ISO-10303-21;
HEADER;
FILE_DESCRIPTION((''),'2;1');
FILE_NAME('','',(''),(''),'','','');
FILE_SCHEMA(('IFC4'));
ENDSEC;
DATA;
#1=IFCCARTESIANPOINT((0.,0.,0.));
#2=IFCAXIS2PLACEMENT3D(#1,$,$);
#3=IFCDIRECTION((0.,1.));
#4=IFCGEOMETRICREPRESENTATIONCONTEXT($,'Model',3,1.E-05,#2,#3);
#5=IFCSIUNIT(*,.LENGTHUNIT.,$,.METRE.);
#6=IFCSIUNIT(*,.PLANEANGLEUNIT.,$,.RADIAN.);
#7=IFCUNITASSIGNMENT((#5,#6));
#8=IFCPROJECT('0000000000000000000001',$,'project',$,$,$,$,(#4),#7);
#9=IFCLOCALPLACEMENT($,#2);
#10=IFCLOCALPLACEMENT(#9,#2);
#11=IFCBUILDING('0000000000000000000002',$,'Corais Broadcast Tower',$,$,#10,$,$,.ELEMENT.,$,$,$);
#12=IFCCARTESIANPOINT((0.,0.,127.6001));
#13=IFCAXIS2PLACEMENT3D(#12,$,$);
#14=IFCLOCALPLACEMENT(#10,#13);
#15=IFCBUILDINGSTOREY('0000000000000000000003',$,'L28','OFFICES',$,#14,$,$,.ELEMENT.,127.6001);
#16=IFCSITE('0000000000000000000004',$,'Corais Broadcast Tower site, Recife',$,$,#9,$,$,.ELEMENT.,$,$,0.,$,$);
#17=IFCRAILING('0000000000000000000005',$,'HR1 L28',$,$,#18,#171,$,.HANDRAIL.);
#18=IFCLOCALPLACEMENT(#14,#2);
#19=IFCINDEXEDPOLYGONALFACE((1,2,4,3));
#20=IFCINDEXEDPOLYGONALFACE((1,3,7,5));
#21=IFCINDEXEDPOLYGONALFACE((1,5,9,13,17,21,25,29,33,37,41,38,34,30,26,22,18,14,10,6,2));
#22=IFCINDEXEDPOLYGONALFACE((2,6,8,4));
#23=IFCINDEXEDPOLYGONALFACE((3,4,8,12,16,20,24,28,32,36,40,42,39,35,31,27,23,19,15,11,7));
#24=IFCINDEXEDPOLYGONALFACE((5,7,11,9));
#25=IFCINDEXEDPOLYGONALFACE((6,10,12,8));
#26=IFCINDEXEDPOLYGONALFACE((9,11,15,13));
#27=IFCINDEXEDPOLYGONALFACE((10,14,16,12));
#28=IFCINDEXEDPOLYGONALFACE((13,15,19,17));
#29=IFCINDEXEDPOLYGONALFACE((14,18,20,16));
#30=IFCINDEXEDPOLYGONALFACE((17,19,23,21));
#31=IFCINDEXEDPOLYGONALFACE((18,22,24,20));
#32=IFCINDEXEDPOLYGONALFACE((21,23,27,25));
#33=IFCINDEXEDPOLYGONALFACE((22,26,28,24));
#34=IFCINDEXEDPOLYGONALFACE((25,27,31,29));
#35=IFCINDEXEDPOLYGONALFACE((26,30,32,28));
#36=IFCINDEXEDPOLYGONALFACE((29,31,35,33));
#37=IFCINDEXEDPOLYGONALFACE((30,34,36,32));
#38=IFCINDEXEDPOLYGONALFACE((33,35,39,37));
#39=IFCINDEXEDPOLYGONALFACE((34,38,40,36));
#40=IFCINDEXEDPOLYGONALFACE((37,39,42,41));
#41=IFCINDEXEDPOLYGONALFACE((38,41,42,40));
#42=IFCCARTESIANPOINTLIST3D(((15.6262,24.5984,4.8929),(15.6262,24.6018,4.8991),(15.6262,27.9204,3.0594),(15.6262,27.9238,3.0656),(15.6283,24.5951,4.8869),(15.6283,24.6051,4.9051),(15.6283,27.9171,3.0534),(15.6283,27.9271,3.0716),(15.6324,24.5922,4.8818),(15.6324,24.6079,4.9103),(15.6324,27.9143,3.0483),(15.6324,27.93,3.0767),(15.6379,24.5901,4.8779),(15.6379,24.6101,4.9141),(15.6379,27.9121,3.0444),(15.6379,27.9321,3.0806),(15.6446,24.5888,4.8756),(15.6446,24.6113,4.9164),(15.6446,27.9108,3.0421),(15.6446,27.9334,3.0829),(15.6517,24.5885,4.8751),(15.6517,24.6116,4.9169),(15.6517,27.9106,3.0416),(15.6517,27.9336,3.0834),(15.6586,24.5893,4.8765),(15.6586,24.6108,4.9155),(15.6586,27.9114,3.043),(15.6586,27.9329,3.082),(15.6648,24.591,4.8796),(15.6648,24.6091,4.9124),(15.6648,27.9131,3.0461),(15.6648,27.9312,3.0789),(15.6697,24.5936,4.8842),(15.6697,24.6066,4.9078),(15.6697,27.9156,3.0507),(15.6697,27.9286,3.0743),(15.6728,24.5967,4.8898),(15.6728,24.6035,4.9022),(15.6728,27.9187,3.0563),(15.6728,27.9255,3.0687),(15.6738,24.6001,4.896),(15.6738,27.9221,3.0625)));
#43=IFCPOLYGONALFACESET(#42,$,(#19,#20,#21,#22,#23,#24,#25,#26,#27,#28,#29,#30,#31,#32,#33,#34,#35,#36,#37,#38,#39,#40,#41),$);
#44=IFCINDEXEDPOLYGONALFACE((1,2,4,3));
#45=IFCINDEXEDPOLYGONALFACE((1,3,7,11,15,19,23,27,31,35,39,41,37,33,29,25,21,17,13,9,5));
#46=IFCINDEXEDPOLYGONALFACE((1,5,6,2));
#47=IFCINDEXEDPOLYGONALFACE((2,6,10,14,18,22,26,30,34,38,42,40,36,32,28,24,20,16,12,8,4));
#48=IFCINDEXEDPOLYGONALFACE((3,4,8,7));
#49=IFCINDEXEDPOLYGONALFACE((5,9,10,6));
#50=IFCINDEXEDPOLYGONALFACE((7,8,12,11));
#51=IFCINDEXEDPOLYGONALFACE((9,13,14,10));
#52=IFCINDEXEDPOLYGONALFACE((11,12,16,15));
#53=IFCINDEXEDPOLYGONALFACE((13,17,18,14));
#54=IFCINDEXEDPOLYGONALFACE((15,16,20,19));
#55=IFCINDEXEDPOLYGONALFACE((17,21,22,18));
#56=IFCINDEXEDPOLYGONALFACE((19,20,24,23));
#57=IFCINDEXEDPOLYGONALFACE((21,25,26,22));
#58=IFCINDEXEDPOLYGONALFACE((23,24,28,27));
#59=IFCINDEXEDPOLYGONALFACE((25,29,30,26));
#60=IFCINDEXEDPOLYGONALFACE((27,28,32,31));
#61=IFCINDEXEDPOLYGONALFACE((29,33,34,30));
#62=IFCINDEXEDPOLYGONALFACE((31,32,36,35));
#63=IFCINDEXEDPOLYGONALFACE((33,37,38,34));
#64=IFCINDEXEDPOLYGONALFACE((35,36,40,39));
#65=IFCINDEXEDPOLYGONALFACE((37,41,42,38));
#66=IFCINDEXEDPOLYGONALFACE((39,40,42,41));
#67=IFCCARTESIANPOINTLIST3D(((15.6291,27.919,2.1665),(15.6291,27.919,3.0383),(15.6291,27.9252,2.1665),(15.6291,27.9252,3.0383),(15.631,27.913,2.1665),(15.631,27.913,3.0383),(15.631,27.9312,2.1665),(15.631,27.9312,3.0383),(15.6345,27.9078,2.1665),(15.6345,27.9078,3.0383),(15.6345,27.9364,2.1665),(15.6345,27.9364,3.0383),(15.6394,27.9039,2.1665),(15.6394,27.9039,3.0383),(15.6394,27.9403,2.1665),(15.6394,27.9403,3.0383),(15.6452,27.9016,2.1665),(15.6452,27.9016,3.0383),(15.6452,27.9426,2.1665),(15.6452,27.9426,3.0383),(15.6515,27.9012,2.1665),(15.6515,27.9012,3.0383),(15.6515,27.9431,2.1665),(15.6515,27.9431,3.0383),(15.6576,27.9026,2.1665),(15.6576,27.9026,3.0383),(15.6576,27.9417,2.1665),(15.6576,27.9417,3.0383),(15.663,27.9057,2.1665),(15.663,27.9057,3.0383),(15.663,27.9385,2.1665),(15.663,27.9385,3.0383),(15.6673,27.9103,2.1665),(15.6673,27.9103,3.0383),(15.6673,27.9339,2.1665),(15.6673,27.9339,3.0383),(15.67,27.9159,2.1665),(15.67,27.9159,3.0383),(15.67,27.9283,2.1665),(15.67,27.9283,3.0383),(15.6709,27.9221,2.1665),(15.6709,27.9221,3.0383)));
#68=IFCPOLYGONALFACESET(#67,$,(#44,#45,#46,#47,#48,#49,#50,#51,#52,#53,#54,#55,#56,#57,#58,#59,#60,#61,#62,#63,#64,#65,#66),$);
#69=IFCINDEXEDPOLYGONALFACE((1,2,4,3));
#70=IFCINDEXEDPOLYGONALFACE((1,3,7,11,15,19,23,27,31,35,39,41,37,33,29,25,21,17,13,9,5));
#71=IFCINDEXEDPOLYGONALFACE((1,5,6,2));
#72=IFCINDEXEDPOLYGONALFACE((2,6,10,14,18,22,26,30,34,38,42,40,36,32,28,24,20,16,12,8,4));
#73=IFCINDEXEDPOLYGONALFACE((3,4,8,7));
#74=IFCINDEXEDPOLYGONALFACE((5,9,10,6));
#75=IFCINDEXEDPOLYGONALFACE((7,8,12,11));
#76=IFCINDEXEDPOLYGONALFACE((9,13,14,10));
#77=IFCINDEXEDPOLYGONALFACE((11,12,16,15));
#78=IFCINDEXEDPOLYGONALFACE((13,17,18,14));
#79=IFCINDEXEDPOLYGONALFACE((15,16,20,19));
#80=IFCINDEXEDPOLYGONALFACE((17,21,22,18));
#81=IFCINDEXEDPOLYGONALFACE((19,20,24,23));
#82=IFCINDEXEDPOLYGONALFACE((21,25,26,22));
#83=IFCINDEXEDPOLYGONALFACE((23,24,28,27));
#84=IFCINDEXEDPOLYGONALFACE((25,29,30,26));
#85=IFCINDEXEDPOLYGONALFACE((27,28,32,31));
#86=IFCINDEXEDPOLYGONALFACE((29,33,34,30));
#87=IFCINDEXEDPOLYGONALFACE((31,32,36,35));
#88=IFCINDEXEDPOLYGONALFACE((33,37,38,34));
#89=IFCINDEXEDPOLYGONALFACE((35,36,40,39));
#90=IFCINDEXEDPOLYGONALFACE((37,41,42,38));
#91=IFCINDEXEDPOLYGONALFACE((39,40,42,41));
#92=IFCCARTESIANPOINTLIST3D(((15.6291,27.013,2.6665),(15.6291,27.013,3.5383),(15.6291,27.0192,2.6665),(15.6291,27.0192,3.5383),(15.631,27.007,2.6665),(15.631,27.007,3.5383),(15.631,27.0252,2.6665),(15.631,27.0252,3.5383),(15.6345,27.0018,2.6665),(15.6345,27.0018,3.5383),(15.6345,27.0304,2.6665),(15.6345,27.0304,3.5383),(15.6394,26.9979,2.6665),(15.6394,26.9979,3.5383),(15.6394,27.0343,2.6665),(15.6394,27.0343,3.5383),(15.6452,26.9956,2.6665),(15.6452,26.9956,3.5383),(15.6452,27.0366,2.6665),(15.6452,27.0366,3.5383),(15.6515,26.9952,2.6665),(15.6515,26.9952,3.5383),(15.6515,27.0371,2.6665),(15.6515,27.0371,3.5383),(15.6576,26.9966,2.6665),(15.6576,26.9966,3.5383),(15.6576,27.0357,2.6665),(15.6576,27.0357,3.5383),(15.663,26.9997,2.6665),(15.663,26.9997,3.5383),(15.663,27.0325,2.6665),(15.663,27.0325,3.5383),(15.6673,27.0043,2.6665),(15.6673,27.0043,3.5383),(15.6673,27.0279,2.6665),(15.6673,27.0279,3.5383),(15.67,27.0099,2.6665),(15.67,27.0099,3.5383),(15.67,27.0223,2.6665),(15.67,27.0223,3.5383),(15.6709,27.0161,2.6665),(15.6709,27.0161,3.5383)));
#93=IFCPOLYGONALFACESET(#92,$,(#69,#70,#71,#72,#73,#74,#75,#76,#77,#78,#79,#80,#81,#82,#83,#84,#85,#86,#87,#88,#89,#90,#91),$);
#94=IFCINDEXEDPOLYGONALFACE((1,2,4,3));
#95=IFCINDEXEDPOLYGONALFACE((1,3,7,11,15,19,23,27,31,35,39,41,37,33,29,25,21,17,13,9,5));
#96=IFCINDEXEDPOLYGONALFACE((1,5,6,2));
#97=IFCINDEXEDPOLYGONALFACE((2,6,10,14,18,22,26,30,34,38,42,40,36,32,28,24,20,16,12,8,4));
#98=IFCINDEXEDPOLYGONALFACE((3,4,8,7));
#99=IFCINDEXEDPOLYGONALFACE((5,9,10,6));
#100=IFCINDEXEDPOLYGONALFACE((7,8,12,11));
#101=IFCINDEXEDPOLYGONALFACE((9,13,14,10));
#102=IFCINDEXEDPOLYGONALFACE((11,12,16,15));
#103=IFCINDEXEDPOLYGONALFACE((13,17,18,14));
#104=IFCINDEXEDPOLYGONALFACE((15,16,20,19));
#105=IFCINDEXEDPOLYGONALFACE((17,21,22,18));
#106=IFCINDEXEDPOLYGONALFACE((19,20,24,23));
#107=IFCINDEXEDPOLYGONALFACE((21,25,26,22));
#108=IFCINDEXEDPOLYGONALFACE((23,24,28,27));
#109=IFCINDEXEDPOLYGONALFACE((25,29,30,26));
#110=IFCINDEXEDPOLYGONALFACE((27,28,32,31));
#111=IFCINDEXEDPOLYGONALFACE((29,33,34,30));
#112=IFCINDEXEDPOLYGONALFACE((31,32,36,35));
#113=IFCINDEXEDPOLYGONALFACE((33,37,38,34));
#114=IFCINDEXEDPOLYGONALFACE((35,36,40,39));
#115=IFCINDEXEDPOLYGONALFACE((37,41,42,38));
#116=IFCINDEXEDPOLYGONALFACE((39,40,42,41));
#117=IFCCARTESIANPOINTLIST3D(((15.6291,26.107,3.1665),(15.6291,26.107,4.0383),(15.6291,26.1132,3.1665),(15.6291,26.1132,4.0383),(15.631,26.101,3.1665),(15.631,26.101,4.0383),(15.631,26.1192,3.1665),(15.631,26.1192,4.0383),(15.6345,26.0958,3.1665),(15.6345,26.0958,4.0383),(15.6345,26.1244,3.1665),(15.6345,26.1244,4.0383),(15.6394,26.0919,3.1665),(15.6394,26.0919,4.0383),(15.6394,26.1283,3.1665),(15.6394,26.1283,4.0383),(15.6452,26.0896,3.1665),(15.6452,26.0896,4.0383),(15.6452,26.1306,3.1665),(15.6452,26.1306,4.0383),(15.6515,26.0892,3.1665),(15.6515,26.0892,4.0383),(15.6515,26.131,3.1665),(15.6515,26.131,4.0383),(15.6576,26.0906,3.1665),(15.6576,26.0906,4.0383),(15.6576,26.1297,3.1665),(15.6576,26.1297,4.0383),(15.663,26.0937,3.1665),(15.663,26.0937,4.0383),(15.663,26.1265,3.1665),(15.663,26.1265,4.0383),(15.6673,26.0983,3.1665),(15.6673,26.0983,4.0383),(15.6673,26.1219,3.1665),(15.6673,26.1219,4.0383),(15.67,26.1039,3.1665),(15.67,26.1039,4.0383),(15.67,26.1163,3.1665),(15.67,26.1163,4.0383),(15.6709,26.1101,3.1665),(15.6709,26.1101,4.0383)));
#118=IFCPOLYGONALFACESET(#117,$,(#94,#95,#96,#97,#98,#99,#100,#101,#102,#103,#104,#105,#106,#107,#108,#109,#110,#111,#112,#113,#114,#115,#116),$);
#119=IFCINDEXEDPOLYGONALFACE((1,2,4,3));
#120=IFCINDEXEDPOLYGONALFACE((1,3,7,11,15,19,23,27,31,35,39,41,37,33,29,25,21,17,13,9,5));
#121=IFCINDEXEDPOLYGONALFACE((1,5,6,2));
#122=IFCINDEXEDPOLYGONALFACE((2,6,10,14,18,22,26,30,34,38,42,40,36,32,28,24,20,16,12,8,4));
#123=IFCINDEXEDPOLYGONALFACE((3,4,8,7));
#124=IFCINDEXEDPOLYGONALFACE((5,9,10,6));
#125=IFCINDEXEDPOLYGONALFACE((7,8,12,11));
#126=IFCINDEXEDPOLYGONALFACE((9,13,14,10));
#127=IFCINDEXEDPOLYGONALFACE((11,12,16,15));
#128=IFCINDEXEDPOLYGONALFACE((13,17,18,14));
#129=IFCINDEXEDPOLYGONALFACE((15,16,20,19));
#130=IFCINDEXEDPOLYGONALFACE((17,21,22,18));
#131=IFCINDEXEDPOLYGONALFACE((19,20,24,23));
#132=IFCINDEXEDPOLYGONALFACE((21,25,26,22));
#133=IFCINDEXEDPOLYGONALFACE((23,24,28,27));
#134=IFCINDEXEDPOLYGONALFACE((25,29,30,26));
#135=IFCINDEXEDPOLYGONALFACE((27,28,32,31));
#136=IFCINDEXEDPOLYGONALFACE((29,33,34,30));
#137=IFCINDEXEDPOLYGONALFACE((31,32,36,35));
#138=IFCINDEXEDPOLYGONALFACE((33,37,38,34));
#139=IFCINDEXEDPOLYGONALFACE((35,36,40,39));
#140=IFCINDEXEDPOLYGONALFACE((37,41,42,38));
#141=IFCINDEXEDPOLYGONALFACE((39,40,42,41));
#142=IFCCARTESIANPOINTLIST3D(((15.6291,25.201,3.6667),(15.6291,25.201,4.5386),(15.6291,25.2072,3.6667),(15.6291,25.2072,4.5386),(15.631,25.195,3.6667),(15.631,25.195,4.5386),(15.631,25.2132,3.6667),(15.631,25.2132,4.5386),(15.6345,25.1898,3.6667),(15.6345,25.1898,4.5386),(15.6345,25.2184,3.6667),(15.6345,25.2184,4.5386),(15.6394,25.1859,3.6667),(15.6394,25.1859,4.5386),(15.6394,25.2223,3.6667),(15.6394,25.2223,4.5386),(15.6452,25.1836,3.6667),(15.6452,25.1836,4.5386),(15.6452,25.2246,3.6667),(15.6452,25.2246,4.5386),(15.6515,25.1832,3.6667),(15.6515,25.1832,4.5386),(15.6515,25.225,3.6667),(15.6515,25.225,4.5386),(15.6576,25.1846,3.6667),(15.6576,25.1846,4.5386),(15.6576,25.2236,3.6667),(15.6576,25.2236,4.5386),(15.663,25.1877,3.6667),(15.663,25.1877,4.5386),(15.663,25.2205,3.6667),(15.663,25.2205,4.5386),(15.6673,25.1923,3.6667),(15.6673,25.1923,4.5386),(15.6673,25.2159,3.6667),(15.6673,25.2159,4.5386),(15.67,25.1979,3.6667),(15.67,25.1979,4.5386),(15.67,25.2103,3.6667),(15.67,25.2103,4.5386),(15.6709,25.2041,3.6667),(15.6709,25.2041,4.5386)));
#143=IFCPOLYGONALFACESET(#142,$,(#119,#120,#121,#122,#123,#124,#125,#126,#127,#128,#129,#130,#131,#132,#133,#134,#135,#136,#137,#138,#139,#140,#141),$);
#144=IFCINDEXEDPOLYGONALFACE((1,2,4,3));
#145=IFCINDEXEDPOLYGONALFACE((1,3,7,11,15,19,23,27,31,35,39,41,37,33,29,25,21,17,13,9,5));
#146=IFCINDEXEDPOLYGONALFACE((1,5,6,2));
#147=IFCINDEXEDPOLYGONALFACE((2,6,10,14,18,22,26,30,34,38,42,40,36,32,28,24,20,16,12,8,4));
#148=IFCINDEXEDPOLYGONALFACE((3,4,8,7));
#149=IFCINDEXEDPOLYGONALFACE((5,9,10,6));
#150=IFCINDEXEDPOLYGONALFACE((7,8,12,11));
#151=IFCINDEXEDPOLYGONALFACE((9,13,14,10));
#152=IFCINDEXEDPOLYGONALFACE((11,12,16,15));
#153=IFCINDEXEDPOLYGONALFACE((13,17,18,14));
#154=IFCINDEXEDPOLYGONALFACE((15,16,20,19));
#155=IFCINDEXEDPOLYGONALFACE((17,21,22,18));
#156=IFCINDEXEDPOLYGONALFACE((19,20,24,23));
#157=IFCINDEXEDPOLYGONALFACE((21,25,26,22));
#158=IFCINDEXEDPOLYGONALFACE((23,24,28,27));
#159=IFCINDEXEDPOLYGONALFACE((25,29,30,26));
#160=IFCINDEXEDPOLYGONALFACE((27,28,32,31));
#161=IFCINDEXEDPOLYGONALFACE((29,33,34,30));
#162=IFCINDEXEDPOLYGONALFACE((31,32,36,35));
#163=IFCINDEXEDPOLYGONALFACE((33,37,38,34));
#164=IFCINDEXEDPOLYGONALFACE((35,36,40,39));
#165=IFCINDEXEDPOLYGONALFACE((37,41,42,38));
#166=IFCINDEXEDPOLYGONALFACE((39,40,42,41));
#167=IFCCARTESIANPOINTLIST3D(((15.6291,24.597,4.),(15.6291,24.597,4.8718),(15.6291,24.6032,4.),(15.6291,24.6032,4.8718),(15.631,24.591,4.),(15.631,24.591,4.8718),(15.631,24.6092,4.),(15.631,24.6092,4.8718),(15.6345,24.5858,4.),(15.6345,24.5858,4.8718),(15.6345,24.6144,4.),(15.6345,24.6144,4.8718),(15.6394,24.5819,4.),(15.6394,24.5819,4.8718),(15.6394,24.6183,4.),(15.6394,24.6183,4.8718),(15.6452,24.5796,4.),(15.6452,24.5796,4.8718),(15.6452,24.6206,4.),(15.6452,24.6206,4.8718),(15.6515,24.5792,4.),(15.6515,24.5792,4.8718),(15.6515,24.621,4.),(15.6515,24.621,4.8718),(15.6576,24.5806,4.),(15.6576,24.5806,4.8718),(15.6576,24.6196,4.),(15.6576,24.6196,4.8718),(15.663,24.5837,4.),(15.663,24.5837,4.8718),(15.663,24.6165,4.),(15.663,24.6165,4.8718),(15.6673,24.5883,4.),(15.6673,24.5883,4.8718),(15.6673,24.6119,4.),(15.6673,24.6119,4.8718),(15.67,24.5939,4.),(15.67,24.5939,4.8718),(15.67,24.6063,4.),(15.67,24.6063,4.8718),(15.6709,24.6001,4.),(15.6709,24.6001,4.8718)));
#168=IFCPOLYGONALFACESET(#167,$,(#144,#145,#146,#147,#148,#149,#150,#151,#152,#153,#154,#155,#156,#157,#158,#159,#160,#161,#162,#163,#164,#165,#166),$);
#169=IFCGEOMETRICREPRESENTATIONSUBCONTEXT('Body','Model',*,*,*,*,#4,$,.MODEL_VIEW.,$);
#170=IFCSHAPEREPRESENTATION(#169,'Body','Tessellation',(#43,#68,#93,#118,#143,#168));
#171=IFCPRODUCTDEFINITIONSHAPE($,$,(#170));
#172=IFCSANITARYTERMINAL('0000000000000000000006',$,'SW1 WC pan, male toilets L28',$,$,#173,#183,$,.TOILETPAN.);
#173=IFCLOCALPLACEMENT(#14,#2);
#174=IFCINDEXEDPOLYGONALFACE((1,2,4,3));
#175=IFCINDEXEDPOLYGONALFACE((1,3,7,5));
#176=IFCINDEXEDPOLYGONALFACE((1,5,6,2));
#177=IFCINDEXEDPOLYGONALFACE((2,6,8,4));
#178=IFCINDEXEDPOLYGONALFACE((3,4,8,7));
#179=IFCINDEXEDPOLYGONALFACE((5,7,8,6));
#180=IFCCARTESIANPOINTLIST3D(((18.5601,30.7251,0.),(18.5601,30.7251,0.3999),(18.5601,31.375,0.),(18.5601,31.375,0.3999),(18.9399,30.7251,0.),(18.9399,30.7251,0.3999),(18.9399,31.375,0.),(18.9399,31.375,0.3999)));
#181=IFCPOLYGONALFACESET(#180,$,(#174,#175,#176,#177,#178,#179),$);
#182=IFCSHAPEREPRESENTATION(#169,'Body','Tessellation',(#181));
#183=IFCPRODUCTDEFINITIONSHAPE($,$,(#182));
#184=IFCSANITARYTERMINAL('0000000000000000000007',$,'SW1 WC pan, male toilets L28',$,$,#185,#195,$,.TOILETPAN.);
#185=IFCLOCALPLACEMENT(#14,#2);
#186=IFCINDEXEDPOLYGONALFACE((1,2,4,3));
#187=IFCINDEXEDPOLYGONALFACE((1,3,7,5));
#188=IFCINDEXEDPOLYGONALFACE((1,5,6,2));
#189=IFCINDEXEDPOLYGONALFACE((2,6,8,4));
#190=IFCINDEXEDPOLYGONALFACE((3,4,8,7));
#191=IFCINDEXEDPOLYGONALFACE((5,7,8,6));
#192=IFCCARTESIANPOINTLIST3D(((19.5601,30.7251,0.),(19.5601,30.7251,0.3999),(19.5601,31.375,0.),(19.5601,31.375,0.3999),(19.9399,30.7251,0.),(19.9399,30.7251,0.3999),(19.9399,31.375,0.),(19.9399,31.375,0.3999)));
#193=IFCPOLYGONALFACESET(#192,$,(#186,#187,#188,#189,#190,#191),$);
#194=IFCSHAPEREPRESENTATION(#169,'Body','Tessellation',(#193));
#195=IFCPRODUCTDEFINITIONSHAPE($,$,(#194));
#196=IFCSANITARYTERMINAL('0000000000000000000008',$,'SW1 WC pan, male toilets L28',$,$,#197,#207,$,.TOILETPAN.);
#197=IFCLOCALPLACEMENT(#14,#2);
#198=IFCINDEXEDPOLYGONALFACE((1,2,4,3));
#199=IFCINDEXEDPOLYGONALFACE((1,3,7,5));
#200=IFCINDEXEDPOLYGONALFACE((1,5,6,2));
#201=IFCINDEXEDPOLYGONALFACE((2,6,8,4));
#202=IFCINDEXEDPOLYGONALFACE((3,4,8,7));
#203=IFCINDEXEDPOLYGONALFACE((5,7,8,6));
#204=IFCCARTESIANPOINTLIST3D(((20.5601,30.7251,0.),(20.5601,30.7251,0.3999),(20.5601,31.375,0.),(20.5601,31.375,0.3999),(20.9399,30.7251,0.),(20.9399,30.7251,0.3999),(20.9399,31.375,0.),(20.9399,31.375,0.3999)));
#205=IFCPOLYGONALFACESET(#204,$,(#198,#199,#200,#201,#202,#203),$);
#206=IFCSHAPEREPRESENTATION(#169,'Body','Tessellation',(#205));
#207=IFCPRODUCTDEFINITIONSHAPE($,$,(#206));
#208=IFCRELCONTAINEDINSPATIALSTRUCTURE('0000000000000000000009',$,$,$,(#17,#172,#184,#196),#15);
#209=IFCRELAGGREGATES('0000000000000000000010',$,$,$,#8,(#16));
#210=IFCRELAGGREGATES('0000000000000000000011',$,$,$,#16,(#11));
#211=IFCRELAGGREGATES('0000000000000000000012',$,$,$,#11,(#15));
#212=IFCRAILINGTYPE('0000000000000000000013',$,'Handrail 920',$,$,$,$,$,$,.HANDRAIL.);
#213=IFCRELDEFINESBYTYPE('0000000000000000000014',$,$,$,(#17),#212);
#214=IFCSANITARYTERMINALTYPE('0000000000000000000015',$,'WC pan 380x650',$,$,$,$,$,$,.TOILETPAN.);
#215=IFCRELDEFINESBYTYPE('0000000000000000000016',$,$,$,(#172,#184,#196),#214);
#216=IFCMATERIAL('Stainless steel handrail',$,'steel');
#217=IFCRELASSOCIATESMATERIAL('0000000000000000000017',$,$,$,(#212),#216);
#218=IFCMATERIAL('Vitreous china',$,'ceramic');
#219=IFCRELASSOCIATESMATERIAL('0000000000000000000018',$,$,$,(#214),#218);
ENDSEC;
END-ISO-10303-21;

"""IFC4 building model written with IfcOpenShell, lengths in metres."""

from ifc_helpers import new_model, si_unit, direction, frame, origin, origin_2d, place, context, subcontext, project, spatial, rectangle, circle, extrude, material, type_object, element, save


model = new_model("IFC4")

# Units and contexts
model_context = context("Model", 3, precision=1e-05, world=origin(), true_north=direction((0.0, 1.0)))
body_context = subcontext(model_context, "Body", "Model", "MODEL_VIEW")
ifc_project = project(units=[si_unit("LENGTHUNIT", "METRE"), si_unit("PLANEANGLEUNIT", "RADIAN")], contexts=[model_context])

# Site, building, storey
site_placement = place(None, origin())
site = spatial("IfcSite", under=ifc_project, at=site_placement, Name="Corais Broadcast Tower site, Recife", CompositionType="ELEMENT", RefElevation=0.0)
building_placement = place(site_placement, origin())
building = spatial("IfcBuilding", under=site, at=building_placement, Name="Corais Broadcast Tower", CompositionType="ELEMENT")
storey_placement = place(building_placement, frame((0.0, 0.0, 127.6001)))
storey = spatial("IfcBuildingStorey", under=building, at=storey_placement, Name="L28", Description="OFFICES", CompositionType="ELEMENT", Elevation=127.6001)

# Railing
ifc_material_1 = material(Name="Stainless steel handrail", Category="steel")
railing_type = type_object("IfcRailingType", Name="Handrail 920", PredefinedType="HANDRAIL", material=ifc_material_1)
for number, where, name in (
    (1, (15.6499, 27.9221, 2.1665), "HR1 L28"),
):
    element("IfcRailing", number, at=place(storey_placement, frame(where)), inside=storey, type_object=railing_type, Name=name, PredefinedType="HANDRAIL", context=body_context, shape_type="SweptSolid", body=[
        extrude(circle(Radius=0.0239, at=origin_2d()), frame((0.0, 0.0, 0.896), z_axis=(0.0, -0.875504, 0.48321), x_axis=(1.0, 0.0, 0.0)), (0.0, 0.0, 1.0), 3.7944),
        extrude(circle(Radius=0.021, at=origin_2d()), origin(), (0.0, 0.0, 1.0), 0.8718),
        extrude(circle(Radius=0.021, at=origin_2d()), frame((0.0, -0.906, 0.5)), (0.0, 0.0, 1.0), 0.8718),
        extrude(circle(Radius=0.021, at=origin_2d()), frame((0.0, -1.812, 1.0)), (0.0, 0.0, 1.0), 0.8718),
        extrude(circle(Radius=0.021, at=origin_2d()), frame((0.0, -2.718, 1.5002)), (0.0, 0.0, 1.0), 0.8718),
        extrude(circle(Radius=0.021, at=origin_2d()), frame((0.0, -3.322, 1.8335)), (0.0, 0.0, 1.0), 0.8718),
    ])

# Sanitary terminals
ifc_material_2 = material(Name="Vitreous china", Category="ceramic")
sanitary_terminal_type = type_object("IfcSanitaryTerminalType", Name="WC pan 380x650", PredefinedType="TOILETPAN", material=ifc_material_2)
for number, where, z_axis, x_axis, name in (
    (2, (18.75, 31.05, 0.0), (0.0, 0.0, 1.0), (1.0, 0.0, 0.0), "SW1 WC pan, male toilets L28"),
    (3, (19.75, 31.05, 0.0), (0.0, 0.0, 1.0), (1.0, 0.0, 0.0), "SW1 WC pan, male toilets L28"),
    (4, (20.75, 31.05, 0.0), (0.0, 0.0, 1.0), (1.0, 0.0, 0.0), "SW1 WC pan, male toilets L28"),
):
    element("IfcSanitaryTerminal", number, at=place(storey_placement, frame(where, z_axis=z_axis, x_axis=x_axis)), inside=storey, type_object=sanitary_terminal_type, Name=name, PredefinedType="TOILETPAN", context=body_context, shape_type="SweptSolid", body=[
        extrude(rectangle(XDim=0.3799, YDim=0.6499, at=origin_2d()), origin(), (0.0, 0.0, 1.0), 0.3999),
    ])

save(model, "model.ifc")
